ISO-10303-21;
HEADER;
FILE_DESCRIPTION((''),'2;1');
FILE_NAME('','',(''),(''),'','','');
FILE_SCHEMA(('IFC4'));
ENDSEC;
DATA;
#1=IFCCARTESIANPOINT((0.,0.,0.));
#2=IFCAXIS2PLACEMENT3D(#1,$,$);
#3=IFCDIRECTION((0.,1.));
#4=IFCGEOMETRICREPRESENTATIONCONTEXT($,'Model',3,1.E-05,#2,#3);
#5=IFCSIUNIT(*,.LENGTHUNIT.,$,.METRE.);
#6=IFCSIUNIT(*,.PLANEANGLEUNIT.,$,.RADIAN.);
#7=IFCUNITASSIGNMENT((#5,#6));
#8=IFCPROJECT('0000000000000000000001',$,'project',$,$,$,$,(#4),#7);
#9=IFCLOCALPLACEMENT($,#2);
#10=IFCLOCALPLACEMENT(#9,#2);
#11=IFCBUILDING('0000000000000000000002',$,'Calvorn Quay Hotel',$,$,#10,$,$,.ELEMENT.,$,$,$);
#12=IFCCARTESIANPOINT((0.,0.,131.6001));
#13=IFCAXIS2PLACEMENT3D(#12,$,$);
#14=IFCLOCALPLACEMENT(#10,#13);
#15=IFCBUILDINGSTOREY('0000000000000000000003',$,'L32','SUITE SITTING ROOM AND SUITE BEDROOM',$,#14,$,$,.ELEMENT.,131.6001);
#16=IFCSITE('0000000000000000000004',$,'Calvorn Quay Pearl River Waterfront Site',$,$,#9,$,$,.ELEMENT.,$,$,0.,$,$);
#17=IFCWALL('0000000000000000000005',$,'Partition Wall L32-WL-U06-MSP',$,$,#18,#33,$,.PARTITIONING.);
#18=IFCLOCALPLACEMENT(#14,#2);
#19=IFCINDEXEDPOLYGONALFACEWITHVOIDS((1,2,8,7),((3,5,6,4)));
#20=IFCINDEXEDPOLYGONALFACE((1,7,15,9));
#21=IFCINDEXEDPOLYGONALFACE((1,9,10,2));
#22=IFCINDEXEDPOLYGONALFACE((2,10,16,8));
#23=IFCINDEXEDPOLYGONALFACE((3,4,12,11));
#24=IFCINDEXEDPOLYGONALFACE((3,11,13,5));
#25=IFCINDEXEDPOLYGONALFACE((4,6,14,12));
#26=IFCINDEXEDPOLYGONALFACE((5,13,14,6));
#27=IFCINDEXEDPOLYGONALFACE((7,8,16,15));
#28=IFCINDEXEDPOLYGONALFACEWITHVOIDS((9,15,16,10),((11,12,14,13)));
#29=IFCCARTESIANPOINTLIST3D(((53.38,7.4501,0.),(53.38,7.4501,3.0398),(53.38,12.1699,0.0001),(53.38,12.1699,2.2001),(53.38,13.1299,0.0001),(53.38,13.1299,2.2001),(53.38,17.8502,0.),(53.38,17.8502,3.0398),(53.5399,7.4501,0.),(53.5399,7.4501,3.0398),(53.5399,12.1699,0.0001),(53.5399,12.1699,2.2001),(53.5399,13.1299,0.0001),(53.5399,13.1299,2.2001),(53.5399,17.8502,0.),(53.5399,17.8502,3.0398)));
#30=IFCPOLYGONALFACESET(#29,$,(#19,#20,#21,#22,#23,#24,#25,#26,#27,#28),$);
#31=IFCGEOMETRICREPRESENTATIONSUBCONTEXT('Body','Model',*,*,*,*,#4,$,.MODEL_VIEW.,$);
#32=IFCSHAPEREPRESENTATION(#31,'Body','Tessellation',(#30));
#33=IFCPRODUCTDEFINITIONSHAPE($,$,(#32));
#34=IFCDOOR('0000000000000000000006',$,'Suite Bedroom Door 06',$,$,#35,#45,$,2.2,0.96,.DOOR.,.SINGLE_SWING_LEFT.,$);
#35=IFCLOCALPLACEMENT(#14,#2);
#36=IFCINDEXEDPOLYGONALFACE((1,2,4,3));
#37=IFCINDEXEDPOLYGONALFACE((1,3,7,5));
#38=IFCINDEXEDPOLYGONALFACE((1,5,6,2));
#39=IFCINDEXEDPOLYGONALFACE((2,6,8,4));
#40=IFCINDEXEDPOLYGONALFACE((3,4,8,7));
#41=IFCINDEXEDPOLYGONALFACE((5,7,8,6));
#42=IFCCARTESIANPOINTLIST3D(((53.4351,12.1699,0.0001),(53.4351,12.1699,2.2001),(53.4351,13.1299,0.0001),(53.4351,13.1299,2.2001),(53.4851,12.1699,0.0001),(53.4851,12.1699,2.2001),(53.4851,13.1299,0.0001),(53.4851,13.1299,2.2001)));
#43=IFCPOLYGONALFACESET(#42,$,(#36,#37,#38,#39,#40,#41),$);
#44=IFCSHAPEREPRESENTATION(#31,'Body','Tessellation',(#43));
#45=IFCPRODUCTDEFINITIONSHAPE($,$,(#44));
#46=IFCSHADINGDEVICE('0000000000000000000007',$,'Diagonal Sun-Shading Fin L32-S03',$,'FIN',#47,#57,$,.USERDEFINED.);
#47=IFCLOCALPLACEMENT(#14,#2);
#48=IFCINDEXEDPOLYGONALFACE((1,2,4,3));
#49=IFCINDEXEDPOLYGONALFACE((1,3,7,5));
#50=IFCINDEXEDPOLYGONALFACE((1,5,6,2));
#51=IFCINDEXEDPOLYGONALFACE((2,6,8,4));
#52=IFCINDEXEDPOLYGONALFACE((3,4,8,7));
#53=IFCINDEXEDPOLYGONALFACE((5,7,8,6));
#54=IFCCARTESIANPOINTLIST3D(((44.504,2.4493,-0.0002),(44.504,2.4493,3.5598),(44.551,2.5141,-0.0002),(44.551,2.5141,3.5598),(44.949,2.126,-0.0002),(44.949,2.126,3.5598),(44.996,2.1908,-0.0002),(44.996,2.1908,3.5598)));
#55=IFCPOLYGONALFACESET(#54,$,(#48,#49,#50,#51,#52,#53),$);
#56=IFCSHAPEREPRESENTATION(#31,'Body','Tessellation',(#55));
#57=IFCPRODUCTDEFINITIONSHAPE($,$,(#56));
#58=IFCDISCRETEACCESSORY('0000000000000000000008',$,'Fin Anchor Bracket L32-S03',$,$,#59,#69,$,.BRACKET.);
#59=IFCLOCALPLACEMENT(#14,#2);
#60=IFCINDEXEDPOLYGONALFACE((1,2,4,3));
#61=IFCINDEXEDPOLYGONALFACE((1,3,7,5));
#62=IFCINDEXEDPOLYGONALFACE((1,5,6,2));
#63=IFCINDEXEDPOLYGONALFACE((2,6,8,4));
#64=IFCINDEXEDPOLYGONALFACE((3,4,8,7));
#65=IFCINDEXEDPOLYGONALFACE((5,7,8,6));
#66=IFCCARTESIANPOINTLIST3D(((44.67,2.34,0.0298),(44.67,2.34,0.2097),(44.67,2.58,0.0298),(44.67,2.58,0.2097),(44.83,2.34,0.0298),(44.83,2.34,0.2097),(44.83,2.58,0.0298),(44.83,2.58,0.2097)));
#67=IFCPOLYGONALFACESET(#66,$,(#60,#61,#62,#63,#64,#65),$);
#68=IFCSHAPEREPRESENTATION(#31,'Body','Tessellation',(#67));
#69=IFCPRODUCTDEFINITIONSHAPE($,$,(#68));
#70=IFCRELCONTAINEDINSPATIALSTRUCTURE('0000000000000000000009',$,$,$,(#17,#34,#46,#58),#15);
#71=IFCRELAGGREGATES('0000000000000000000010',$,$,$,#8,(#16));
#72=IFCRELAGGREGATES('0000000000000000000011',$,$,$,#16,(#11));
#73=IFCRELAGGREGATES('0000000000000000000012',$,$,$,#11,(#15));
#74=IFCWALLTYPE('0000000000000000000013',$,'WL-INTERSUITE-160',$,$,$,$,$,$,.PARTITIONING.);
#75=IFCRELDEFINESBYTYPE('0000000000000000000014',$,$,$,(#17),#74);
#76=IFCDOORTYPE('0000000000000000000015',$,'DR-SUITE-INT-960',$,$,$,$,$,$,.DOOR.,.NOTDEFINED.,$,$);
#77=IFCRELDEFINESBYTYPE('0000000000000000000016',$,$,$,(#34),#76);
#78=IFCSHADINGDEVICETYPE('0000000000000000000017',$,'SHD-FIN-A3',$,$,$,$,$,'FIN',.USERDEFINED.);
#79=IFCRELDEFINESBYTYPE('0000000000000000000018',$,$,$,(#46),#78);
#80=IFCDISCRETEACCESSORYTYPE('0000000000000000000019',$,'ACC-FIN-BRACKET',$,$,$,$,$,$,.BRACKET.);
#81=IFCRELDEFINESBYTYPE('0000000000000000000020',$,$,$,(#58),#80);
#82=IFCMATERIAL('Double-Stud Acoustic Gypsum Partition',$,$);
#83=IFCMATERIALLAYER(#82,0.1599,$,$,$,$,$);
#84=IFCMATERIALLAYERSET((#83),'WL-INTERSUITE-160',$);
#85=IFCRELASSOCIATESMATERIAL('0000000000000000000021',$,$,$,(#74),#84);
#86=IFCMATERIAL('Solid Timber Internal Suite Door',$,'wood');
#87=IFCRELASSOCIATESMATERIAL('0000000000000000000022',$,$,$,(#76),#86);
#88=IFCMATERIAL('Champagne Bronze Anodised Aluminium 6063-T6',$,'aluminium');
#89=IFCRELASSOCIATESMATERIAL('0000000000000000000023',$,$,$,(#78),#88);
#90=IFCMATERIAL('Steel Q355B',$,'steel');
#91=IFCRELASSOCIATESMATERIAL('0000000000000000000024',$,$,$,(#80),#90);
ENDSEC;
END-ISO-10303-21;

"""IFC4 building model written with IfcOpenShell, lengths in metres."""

from ifc_helpers import new_model, si_unit, direction, frame, frame_2d, origin, origin_2d, place, context, subcontext, project, spatial, rectangle, extrude, material, layer, layer_set, type_object, element, fill, save


model = new_model("IFC4")

# Units and contexts
model_context = context("Model", 3, precision=1e-05, world=origin(), true_north=direction((0.0, 1.0)))
body_context = subcontext(model_context, "Body", "Model", "MODEL_VIEW")
ifc_project = project(units=[si_unit("LENGTHUNIT", "METRE"), si_unit("PLANEANGLEUNIT", "RADIAN")], contexts=[model_context])

# Site, building, storey
site_placement = place(None, origin())
site = spatial("IfcSite", under=ifc_project, at=site_placement, Name="Calvorn Quay Pearl River Waterfront Site", CompositionType="ELEMENT", RefElevation=0.0)
building_placement = place(site_placement, origin())
building = spatial("IfcBuilding", under=site, at=building_placement, Name="Calvorn Quay Hotel", CompositionType="ELEMENT")
storey_placement = place(building_placement, frame((0.0, 0.0, 131.6001)))
storey = spatial("IfcBuildingStorey", under=building, at=storey_placement, Name="L32", Description="SUITE SITTING ROOM AND SUITE BEDROOM", CompositionType="ELEMENT", Elevation=131.6001)

# Wall, opening, door
ifc_material_1 = material(Name="Double-Stud Acoustic Gypsum Partition")
ifc_layer_1 = layer(ifc_material_1, 0.1599)
ifc_layer_set_1 = layer_set([ifc_layer_1], Name="WL-INTERSUITE-160")
wall_type_1 = type_object("IfcWallType", Name="WL-INTERSUITE-160", PredefinedType="PARTITIONING", material=ifc_layer_set_1)
wall_1_placement = place(storey_placement, frame((53.46, 7.45, 0.0), z_axis=(0.0, 0.0, 1.0), x_axis=(0.0, 1.0, 0.0)))
wall_1 = element("IfcWall", 1, at=wall_1_placement, inside=storey, type_object=wall_type_1, Name="Partition Wall L32-WL-U06-MSP", PredefinedType="PARTITIONING", context=body_context, shape_type="SweptSolid", body=[
    extrude(rectangle(XDim=10.4001, YDim=0.1599, at=frame_2d((5.2002, 0.0))), origin(), (0.0, 0.0, 1.0), 3.0398),
])
opening_1_placement = place(wall_1_placement, frame((4.72, 0.0, 0.0)))
opening_1 = element("IfcOpeningElement", 2, at=opening_1_placement, cuts=wall_1, PredefinedType="OPENING", context=body_context, shape_type="SweptSolid", body=[
    extrude(rectangle(XDim=0.96, YDim=2.2, at=frame_2d((0.48, 1.1001))), frame((0.0, 0.0898, 0.0), z_axis=(0.0, -1.0, 0.0), x_axis=(1.0, 0.0, 0.0)), (0.0, 0.0, 1.0), 0.1799),
])
ifc_material_2 = material(Name="Solid Timber Internal Suite Door", Category="wood")
door_type_1 = type_object("IfcDoorType", Name="DR-SUITE-INT-960", OperationType="NOTDEFINED", PredefinedType="DOOR", material=ifc_material_2)
door_1_placement = place(opening_1_placement, origin())
door_1 = element("IfcDoor", 3, at=door_1_placement, inside=storey, type_object=door_type_1, Name="Suite Bedroom Door 06", OperationType="SINGLE_SWING_LEFT", OverallHeight=2.2, OverallWidth=0.96, PredefinedType="DOOR", context=body_context, shape_type="SweptSolid", body=[
    extrude(rectangle(XDim=0.96, YDim=2.2, at=frame_2d((0.48, 1.1001))), frame((0.0, 0.0249, 0.0), z_axis=(0.0, -1.0, 0.0), x_axis=(1.0, 0.0, 0.0)), (0.0, 0.0, 1.0), 0.05),
])
fill(opening_1, door_1)

# Shading device
ifc_material_3 = material(Name="Champagne Bronze Anodised Aluminium 6063-T6", Category="aluminium")
shading_device_type = type_object("IfcShadingDeviceType", Name="SHD-FIN-A3", ElementType="FIN", PredefinedType="USERDEFINED", material=ifc_material_3)
shading_device_placement = place(storey_placement, frame((44.75, 2.3201, -0.0002), z_axis=(0.0, 0.0, 1.0), x_axis=(-0.809017, 0.587785, 0.0)))
element("IfcShadingDevice", 4, at=shading_device_placement, inside=storey, type_object=shading_device_type, Name="Diagonal Sun-Shading Fin L32-S03", ObjectType="FIN", PredefinedType="USERDEFINED", context=body_context, shape_type="SweptSolid", body=[
    extrude(rectangle(XDim=0.55, YDim=0.0801, at=origin_2d()), origin(), (0.0, 0.0, 1.0), 3.5601),
])

# Discrete accessory
ifc_material_4 = material(Name="Steel Q355B", Category="steel")
discrete_accessory_type = type_object("IfcDiscreteAccessoryType", Name="ACC-FIN-BRACKET", PredefinedType="BRACKET", material=ifc_material_4)
discrete_accessory_placement = place(storey_placement, frame((44.75, 2.46, 0.0298), z_axis=(0.0, 0.0, 1.0), x_axis=(0.0, 1.0, 0.0)))
element("IfcDiscreteAccessory", 5, at=discrete_accessory_placement, inside=storey, type_object=discrete_accessory_type, Name="Fin Anchor Bracket L32-S03", PredefinedType="BRACKET", context=body_context, shape_type="SweptSolid", body=[
    extrude(rectangle(XDim=0.24, YDim=0.1599, at=origin_2d()), origin(), (0.0, 0.0, 1.0), 0.1799),
])

save(model, "model.ifc")
